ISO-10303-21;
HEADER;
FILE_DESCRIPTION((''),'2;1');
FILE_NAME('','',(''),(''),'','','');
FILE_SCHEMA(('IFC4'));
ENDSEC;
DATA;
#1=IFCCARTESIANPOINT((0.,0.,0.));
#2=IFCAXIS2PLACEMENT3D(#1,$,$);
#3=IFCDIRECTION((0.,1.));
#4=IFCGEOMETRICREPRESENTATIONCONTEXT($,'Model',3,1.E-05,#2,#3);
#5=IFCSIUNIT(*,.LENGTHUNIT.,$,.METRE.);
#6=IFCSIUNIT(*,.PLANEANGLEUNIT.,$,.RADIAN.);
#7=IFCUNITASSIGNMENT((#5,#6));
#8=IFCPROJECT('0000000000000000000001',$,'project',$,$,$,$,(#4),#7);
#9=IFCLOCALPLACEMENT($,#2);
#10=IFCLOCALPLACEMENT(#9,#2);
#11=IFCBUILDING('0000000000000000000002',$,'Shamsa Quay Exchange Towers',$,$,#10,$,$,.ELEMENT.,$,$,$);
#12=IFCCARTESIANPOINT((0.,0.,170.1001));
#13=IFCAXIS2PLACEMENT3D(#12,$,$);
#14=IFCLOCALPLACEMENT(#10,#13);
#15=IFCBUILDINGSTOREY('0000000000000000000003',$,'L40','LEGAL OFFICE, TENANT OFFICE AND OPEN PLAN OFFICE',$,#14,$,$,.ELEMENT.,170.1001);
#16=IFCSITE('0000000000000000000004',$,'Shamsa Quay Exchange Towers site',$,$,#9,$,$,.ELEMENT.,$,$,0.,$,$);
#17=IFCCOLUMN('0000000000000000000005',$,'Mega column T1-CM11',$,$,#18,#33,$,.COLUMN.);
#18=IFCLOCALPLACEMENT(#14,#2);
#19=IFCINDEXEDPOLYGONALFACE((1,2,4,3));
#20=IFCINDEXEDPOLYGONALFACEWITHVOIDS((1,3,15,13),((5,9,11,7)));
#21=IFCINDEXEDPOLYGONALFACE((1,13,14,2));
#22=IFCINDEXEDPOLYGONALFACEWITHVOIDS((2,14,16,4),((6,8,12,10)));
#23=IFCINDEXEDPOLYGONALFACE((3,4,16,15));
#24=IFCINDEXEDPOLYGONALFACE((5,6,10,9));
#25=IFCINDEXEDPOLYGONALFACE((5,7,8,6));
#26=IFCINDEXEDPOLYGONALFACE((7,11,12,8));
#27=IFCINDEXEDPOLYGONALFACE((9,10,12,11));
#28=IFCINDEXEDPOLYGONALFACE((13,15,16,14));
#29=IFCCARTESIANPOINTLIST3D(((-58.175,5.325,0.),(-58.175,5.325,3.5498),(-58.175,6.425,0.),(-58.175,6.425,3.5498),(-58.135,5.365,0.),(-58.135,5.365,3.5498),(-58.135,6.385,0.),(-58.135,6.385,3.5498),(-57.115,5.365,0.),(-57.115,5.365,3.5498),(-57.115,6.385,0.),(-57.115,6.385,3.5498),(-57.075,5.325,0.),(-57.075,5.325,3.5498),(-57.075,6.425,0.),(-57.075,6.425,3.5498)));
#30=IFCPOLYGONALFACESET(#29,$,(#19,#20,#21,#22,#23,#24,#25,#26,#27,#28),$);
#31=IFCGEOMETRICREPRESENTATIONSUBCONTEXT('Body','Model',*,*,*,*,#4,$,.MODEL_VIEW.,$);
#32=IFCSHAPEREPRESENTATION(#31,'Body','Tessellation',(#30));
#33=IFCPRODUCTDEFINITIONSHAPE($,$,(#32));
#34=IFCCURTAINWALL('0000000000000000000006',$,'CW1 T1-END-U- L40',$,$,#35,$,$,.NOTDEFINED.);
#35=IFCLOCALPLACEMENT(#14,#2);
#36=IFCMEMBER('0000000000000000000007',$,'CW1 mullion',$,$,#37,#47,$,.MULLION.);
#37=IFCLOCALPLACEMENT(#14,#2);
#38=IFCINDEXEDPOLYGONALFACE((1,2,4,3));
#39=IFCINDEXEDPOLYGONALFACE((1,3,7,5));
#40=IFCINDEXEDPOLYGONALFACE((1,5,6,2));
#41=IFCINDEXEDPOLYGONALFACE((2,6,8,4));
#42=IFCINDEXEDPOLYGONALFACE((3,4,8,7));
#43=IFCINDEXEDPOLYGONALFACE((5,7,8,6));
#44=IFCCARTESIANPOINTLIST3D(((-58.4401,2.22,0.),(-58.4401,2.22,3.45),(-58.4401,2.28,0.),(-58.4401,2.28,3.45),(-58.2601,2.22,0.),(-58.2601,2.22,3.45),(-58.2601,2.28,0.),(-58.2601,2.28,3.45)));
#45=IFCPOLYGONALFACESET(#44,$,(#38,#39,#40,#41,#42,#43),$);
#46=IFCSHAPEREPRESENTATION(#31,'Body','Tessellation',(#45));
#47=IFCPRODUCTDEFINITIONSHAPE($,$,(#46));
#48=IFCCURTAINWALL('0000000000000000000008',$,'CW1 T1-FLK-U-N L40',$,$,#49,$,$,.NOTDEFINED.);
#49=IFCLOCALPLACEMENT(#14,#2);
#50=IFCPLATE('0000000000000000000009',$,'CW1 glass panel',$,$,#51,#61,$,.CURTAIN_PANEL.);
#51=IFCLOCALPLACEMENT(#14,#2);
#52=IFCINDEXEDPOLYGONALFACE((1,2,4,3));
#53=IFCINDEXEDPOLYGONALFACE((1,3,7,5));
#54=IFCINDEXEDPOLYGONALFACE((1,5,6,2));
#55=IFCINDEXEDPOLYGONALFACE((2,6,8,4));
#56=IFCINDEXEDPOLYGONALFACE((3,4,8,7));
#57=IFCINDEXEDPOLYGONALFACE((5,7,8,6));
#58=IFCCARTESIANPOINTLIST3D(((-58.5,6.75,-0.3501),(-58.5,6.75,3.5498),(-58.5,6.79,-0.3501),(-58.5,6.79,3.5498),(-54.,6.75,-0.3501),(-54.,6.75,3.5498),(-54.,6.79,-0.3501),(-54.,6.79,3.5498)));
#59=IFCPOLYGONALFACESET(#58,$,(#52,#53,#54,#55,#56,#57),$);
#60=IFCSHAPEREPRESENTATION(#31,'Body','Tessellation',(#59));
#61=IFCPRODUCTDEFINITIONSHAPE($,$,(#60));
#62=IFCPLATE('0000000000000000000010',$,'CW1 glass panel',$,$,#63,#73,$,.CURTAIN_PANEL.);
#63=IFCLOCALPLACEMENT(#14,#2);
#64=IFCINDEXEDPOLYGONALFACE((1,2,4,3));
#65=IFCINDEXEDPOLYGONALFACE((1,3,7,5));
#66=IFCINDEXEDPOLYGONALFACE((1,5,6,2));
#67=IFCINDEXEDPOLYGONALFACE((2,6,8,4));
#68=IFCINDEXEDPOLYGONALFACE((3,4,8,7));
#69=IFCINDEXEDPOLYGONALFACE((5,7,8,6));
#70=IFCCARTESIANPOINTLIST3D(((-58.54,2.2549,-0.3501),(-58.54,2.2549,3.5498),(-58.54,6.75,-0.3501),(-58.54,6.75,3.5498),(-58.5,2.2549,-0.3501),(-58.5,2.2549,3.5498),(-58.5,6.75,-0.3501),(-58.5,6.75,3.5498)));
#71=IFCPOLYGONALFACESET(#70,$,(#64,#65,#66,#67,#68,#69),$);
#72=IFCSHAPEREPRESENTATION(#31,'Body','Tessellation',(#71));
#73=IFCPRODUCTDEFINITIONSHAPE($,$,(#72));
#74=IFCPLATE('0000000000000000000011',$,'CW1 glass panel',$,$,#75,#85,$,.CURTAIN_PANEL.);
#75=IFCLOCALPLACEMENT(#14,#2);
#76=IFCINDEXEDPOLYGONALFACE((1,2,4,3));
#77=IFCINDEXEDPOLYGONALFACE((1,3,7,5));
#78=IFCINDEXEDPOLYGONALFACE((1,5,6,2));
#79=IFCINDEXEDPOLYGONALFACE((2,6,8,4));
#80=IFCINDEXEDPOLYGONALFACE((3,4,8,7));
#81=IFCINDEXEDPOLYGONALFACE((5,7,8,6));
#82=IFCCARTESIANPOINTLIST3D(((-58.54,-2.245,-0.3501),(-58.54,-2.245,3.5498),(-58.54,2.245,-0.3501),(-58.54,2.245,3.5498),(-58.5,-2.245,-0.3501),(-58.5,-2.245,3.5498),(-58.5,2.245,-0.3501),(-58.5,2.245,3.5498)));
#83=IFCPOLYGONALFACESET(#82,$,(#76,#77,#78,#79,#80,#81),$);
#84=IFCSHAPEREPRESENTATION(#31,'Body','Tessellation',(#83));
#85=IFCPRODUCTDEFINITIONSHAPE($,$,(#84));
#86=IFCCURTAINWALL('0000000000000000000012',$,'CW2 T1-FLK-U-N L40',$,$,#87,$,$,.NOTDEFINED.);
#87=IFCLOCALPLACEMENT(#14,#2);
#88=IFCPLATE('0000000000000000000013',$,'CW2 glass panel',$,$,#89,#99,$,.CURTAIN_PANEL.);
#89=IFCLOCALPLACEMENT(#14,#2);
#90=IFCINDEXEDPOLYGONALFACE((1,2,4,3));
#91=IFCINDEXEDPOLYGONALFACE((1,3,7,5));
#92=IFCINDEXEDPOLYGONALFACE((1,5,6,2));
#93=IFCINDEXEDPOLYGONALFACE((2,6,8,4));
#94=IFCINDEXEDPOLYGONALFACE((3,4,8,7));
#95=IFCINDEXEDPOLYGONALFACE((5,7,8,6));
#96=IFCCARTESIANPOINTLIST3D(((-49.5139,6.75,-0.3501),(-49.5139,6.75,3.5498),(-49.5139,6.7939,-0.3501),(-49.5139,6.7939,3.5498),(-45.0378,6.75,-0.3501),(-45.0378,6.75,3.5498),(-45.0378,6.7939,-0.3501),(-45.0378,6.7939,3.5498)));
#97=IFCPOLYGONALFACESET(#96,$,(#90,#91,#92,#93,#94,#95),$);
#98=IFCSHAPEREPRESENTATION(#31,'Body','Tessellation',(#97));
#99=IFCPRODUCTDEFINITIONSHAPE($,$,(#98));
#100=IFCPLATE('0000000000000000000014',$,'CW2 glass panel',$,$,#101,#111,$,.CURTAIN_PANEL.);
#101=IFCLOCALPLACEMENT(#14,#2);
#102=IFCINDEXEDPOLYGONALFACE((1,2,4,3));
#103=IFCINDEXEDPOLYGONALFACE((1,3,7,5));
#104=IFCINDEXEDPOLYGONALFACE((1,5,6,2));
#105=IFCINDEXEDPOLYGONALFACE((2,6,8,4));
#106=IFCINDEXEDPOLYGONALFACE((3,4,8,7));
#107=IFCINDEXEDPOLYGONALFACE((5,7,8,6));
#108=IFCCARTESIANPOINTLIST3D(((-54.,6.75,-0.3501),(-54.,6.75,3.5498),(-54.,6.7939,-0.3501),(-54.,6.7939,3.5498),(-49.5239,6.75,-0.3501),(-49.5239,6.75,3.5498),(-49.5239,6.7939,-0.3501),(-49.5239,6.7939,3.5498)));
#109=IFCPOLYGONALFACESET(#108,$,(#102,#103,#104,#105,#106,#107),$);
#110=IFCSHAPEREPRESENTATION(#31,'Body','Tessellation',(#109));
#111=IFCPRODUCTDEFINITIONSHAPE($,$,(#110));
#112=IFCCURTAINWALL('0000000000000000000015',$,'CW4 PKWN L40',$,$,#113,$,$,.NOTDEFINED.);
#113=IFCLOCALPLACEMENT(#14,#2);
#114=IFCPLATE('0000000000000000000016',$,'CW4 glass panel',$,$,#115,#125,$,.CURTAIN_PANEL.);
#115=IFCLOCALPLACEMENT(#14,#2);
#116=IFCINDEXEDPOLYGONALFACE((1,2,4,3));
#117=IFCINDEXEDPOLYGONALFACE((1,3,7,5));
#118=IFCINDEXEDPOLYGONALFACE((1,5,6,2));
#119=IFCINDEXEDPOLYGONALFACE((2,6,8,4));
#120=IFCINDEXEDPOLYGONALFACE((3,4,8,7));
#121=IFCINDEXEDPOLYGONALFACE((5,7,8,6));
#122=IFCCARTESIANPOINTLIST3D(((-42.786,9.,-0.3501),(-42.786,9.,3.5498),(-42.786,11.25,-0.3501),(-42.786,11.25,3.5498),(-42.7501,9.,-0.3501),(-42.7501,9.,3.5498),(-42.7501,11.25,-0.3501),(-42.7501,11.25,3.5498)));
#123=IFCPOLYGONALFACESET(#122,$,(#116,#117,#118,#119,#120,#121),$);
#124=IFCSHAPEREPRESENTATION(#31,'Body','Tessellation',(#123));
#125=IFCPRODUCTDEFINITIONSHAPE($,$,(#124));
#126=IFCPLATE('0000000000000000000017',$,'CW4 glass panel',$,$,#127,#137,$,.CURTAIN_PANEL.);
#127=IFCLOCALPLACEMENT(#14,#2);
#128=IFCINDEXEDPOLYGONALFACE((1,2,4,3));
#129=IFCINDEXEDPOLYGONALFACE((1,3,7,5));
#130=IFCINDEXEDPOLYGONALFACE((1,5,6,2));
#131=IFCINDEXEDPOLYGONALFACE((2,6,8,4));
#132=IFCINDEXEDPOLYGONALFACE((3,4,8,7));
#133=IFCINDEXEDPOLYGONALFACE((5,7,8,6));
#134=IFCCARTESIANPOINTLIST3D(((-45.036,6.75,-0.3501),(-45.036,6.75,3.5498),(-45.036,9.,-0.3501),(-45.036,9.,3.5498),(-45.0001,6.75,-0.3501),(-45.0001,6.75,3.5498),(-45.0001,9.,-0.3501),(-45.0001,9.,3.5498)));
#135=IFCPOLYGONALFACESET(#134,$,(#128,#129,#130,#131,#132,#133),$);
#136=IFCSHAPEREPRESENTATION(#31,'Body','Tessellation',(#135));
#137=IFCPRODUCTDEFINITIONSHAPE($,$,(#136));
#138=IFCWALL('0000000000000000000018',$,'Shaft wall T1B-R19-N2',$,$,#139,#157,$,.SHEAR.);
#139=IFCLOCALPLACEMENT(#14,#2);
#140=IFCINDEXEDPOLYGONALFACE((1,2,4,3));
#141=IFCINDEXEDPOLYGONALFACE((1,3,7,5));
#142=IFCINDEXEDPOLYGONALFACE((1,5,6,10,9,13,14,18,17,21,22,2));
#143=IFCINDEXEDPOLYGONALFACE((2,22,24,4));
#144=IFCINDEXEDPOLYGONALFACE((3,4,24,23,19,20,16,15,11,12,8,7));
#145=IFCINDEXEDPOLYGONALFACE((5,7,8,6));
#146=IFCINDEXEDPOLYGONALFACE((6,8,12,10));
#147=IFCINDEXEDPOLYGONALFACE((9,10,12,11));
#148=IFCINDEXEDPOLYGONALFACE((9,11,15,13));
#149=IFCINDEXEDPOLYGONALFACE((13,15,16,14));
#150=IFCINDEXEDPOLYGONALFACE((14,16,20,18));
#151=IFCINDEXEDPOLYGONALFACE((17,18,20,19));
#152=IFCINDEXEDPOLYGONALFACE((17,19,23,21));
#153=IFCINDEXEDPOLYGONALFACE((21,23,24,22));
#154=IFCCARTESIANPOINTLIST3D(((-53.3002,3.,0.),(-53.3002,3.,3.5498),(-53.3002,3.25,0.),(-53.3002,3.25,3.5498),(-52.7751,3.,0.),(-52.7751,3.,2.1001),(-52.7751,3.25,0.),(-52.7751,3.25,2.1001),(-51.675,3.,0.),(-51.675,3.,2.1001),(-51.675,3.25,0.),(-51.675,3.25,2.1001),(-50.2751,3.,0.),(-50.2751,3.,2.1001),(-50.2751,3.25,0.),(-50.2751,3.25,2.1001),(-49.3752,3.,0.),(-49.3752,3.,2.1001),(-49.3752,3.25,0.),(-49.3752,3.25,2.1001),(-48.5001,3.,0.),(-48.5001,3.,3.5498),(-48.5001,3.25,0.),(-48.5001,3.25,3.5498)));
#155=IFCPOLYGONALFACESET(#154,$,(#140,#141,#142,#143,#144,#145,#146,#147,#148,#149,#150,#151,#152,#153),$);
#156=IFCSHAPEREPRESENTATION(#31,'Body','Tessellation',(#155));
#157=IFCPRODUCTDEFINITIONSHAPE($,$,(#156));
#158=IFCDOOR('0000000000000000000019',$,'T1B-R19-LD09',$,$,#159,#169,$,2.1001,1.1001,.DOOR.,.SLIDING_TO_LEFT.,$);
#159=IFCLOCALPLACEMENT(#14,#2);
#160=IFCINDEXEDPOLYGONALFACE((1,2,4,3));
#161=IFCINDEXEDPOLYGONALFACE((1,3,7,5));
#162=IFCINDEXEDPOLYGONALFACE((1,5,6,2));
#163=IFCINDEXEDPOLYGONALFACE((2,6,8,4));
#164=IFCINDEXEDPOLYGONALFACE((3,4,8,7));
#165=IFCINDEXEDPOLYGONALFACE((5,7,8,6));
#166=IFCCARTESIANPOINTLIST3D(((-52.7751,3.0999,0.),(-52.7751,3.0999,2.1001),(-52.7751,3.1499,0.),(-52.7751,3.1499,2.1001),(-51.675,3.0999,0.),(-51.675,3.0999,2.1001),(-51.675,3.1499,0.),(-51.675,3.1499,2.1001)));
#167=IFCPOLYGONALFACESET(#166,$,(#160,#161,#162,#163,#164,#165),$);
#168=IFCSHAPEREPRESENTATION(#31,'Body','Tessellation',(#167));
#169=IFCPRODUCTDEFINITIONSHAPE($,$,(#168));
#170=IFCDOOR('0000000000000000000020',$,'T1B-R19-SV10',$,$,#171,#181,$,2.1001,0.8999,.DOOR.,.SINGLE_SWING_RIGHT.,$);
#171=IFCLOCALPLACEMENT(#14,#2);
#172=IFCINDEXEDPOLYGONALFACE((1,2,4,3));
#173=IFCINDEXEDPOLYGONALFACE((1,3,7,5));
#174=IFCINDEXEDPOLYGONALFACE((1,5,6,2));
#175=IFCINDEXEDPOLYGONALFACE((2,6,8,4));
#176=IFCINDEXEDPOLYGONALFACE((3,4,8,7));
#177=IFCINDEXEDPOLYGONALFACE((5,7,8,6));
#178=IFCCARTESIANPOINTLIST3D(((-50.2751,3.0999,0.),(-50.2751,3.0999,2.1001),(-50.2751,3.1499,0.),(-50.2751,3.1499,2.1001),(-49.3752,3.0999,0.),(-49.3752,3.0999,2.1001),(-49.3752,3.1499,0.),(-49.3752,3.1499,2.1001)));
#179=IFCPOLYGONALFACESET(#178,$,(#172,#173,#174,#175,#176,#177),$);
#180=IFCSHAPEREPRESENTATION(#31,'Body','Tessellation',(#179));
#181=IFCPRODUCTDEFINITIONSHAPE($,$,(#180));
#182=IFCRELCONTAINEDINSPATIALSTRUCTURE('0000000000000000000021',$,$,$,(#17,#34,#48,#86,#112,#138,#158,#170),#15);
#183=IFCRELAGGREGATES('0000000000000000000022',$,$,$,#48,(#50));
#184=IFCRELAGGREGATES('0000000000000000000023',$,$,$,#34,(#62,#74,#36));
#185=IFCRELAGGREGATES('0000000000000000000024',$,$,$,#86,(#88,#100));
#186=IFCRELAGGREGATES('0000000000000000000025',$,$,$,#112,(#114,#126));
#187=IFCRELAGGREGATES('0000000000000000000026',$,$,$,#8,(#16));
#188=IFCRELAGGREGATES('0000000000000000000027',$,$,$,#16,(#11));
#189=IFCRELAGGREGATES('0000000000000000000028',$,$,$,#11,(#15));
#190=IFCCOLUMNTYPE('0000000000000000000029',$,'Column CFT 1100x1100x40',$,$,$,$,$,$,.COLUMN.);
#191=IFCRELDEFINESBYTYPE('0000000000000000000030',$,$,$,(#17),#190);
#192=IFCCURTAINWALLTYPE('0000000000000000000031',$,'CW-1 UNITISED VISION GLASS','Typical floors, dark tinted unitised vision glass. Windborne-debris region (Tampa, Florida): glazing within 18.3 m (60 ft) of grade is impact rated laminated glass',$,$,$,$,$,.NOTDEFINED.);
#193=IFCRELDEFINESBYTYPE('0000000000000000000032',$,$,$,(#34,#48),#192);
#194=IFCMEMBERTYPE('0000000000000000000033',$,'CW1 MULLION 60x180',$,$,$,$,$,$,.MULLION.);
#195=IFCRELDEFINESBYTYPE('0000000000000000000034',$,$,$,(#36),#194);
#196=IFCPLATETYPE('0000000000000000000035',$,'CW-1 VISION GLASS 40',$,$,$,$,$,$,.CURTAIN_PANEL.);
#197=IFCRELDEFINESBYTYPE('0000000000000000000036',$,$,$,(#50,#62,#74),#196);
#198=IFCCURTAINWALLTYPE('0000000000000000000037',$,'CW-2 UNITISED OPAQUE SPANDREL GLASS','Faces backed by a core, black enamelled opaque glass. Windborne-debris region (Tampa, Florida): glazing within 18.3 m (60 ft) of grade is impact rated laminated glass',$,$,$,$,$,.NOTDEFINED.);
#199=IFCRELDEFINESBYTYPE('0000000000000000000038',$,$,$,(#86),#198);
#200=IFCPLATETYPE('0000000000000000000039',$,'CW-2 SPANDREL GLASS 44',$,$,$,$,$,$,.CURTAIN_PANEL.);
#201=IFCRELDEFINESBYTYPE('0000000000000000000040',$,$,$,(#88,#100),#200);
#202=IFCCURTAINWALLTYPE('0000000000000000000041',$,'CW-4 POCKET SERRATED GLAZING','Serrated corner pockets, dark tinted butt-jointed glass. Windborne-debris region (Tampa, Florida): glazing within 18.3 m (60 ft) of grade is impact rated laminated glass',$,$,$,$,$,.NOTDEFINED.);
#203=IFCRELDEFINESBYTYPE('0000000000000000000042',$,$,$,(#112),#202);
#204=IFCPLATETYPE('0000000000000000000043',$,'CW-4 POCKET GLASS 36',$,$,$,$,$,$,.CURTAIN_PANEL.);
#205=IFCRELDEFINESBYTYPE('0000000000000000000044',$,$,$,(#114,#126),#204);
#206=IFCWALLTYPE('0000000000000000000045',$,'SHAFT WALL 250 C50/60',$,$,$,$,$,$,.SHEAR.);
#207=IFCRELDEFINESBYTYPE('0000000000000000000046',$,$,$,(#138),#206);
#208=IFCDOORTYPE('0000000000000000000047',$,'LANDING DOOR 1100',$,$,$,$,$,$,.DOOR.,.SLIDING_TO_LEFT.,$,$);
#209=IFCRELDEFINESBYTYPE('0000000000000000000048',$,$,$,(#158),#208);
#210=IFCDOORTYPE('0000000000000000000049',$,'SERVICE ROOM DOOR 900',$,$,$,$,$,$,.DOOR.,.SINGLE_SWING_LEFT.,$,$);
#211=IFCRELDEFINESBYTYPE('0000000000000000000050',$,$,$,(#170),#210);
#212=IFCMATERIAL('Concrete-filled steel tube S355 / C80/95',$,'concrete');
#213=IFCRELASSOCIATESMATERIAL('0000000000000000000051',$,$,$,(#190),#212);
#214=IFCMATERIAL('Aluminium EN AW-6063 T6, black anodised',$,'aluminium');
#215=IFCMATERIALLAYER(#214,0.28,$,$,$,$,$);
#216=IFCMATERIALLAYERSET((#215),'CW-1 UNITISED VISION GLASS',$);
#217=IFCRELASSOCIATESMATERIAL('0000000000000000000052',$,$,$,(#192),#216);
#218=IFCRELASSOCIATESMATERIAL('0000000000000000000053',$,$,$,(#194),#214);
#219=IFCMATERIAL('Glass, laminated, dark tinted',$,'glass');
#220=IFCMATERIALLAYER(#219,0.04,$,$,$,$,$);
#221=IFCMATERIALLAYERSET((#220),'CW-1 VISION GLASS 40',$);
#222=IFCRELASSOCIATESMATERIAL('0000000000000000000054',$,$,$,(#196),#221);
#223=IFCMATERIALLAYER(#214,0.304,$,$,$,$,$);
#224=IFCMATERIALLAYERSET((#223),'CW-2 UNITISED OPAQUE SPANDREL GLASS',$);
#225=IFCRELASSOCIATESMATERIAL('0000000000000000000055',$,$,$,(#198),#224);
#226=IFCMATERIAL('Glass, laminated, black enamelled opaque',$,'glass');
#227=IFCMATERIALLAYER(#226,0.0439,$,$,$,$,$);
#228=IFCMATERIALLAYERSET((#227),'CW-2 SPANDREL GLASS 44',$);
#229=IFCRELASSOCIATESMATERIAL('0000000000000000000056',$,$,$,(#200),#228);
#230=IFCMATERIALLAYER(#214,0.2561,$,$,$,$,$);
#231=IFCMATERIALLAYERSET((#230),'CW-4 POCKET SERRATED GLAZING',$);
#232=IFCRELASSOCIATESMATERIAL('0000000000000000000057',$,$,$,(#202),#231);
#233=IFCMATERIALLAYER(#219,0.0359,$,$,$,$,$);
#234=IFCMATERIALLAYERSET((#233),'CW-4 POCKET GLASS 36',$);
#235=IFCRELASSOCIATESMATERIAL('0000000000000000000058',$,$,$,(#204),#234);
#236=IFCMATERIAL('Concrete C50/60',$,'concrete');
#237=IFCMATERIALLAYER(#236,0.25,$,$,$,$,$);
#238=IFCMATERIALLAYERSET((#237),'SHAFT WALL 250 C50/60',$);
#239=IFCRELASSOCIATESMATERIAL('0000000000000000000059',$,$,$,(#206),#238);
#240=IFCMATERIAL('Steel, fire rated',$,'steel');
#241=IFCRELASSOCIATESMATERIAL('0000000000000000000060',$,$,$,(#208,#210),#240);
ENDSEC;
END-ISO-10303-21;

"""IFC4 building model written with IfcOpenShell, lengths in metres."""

from ifc_helpers import new_model, si_unit, direction, frame, frame_2d, origin, origin_2d, place, context, subcontext, project, spatial, rectangle, hollow_rectangle, extrude, material, layer, layer_set, material_profile, profile_set, type_object, element, fill, aggregate, save


model = new_model("IFC4")

# Units and contexts
model_context = context("Model", 3, precision=1e-05, world=origin(), true_north=direction((0.0, 1.0)))
body_context = subcontext(model_context, "Body", "Model", "MODEL_VIEW")
ifc_project = project(units=[si_unit("LENGTHUNIT", "METRE"), si_unit("PLANEANGLEUNIT", "RADIAN")], contexts=[model_context])

# Site, building, storey
site_placement = place(None, origin())
site = spatial("IfcSite", under=ifc_project, at=site_placement, Name="Shamsa Quay Exchange Towers site", CompositionType="ELEMENT", RefElevation=0.0)
building_placement = place(site_placement, origin())
building = spatial("IfcBuilding", under=site, at=building_placement, Name="Shamsa Quay Exchange Towers", CompositionType="ELEMENT")
storey_placement = place(building_placement, frame((0.0, 0.0, 170.1001)))
storey = spatial("IfcBuildingStorey", under=building, at=storey_placement, Name="L40", Description="LEGAL OFFICE, TENANT OFFICE AND OPEN PLAN OFFICE", CompositionType="ELEMENT", Elevation=170.1001)

# Column
ifc_material_1 = material(Name="Concrete-filled steel tube S355 / C80/95", Category="concrete")
ifc_material_profile_1 = material_profile(ifc_material_1, hollow_rectangle(XDim=1.1001, YDim=1.1001, WallThickness=0.04, at=origin_2d()), Name="CFT 1100x1100x40")
ifc_profile_set_1 = profile_set([ifc_material_profile_1], Name="Concrete-filled steel tube S355 / C80/95")
column_type = type_object("IfcColumnType", Name="Column CFT 1100x1100x40", PredefinedType="COLUMN", material=ifc_profile_set_1)
column_placement = place(storey_placement, frame((-57.625, 5.875, 0.0)))
element("IfcColumn", 1, at=column_placement, inside=storey, type_object=column_type, Name="Mega column T1-CM11", PredefinedType="COLUMN", context=body_context, shape_type="SweptSolid", body=[
    extrude(hollow_rectangle(XDim=1.1001, YDim=1.1001, WallThickness=0.04, at=origin_2d()), origin(), (0.0, 0.0, 1.0), 3.5498),
])

# Curtain wall, member
ifc_material_2 = material(Name="Aluminium EN AW-6063 T6, black anodised", Category="aluminium")
ifc_layer_1 = layer(ifc_material_2, 0.28)
ifc_layer_set_1 = layer_set([ifc_layer_1], Name="CW-1 UNITISED VISION GLASS")
curtain_wall_type_1 = type_object("IfcCurtainWallType", Name="CW-1 UNITISED VISION GLASS", Description="Typical floors, dark tinted unitised vision glass. Windborne-debris region (Tampa, Florida): glazing within 18.3 m (60 ft) of grade is impact rated laminated glass", PredefinedType="NOTDEFINED", material=ifc_layer_set_1)
curtain_wall_1_placement = place(storey_placement, origin())
curtain_wall_1 = element("IfcCurtainWall", 2, at=curtain_wall_1_placement, inside=storey, type_object=curtain_wall_type_1, Name="CW1 T1-END-U- L40", PredefinedType="NOTDEFINED")
ifc_material_profile_2 = material_profile(ifc_material_2, rectangle(XDim=0.1799, YDim=0.0601, at=origin_2d()), Name="MU60x180")
ifc_profile_set_2 = profile_set([ifc_material_profile_2], Name="Aluminium EN AW-6063 T6, black anodised")
member_type = type_object("IfcMemberType", Name="CW1 MULLION 60x180", PredefinedType="MULLION", material=ifc_profile_set_2)
member_placement = place(storey_placement, frame((-58.3501, 2.25, 0.0)))
member = element("IfcMember", 3, at=member_placement, type_object=member_type, Name="CW1 mullion", PredefinedType="MULLION", context=body_context, shape_type="SweptSolid", body=[
    extrude(rectangle(XDim=0.1799, YDim=0.0601, at=origin_2d()), origin(), (0.0, 0.0, 1.0), 3.45),
])

# Curtain wall, plate
curtain_wall_2_placement = place(storey_placement, origin())
curtain_wall_2 = element("IfcCurtainWall", 4, at=curtain_wall_2_placement, inside=storey, type_object=curtain_wall_type_1, Name="CW1 T1-FLK-U-N L40", PredefinedType="NOTDEFINED")
ifc_material_3 = material(Name="Glass, laminated, dark tinted", Category="glass")
ifc_layer_2 = layer(ifc_material_3, 0.04)
ifc_layer_set_2 = layer_set([ifc_layer_2], Name="CW-1 VISION GLASS 40")
plate_type_1 = type_object("IfcPlateType", Name="CW-1 VISION GLASS 40", PredefinedType="CURTAIN_PANEL", material=ifc_layer_set_2)
plate_1_placement = place(storey_placement, frame((-56.25, 6.77, -0.3501), z_axis=(0.0, 0.0, 1.0), x_axis=(-1.0, 0.0, 0.0)))
plate_1 = element("IfcPlate", 5, at=plate_1_placement, type_object=plate_type_1, Name="CW1 glass panel", PredefinedType="CURTAIN_PANEL", context=body_context, shape_type="SweptSolid", body=[
    extrude(rectangle(XDim=4.5, YDim=0.04, at=origin_2d()), origin(), (0.0, 0.0, 1.0), 3.8999),
])
aggregate(curtain_wall_2, [plate_1])

# Plates
plate_2_placement = place(storey_placement, frame((-58.52, 4.5024, -0.3501), z_axis=(0.0, 0.0, 1.0), x_axis=(0.0, -1.0, 0.0)))
plate_2 = element("IfcPlate", 6, at=plate_2_placement, type_object=plate_type_1, Name="CW1 glass panel", PredefinedType="CURTAIN_PANEL", context=body_context, shape_type="SweptSolid", body=[
    extrude(rectangle(XDim=4.4951, YDim=0.04, at=origin_2d()), origin(), (0.0, 0.0, 1.0), 3.8999),
])
plate_3_placement = place(storey_placement, frame((-58.52, 0.0, -0.3501), z_axis=(0.0, 0.0, 1.0), x_axis=(0.0, -1.0, 0.0)))
plate_3 = element("IfcPlate", 7, at=plate_3_placement, type_object=plate_type_1, Name="CW1 glass panel", PredefinedType="CURTAIN_PANEL", context=body_context, shape_type="SweptSolid", body=[
    extrude(rectangle(XDim=4.49, YDim=0.04, at=origin_2d()), origin(), (0.0, 0.0, 1.0), 3.8999),
])
aggregate(curtain_wall_1, [plate_2, plate_3, member])

# Curtain walls, plates
ifc_layer_3 = layer(ifc_material_2, 0.304)
ifc_layer_set_3 = layer_set([ifc_layer_3], Name="CW-2 UNITISED OPAQUE SPANDREL GLASS")
curtain_wall_type_2 = type_object("IfcCurtainWallType", Name="CW-2 UNITISED OPAQUE SPANDREL GLASS", Description="Faces backed by a core, black enamelled opaque glass. Windborne-debris region (Tampa, Florida): glazing within 18.3 m (60 ft) of grade is impact rated laminated glass", PredefinedType="NOTDEFINED", material=ifc_layer_set_3)
curtain_wall_3_placement = place(storey_placement, origin())
curtain_wall_3 = element("IfcCurtainWall", 8, at=curtain_wall_3_placement, inside=storey, type_object=curtain_wall_type_2, Name="CW2 T1-FLK-U-N L40", PredefinedType="NOTDEFINED")
ifc_material_4 = material(Name="Glass, laminated, black enamelled opaque", Category="glass")
ifc_layer_4 = layer(ifc_material_4, 0.0439)
ifc_layer_set_4 = layer_set([ifc_layer_4], Name="CW-2 SPANDREL GLASS 44")
plate_type_2 = type_object("IfcPlateType", Name="CW-2 SPANDREL GLASS 44", PredefinedType="CURTAIN_PANEL", material=ifc_layer_set_4)
plate_4_placement = place(storey_placement, frame((-47.2759, 6.772, -0.3501), z_axis=(0.0, 0.0, 1.0), x_axis=(-1.0, 0.0, 0.0)))
plate_4 = element("IfcPlate", 9, at=plate_4_placement, type_object=plate_type_2, Name="CW2 glass panel", PredefinedType="CURTAIN_PANEL", context=body_context, shape_type="SweptSolid", body=[
    extrude(rectangle(XDim=4.4761, YDim=0.0439, at=origin_2d()), origin(), (0.0, 0.0, 1.0), 3.8999),
])
plate_5_placement = place(storey_placement, frame((-51.762, 6.772, -0.3501), z_axis=(0.0, 0.0, 1.0), x_axis=(-1.0, 0.0, 0.0)))
plate_5 = element("IfcPlate", 10, at=plate_5_placement, type_object=plate_type_2, Name="CW2 glass panel", PredefinedType="CURTAIN_PANEL", context=body_context, shape_type="SweptSolid", body=[
    extrude(rectangle(XDim=4.4761, YDim=0.0439, at=origin_2d()), origin(), (0.0, 0.0, 1.0), 3.8999),
])
aggregate(curtain_wall_3, [plate_4, plate_5])
ifc_layer_5 = layer(ifc_material_2, 0.2561)
ifc_layer_set_5 = layer_set([ifc_layer_5], Name="CW-4 POCKET SERRATED GLAZING")
curtain_wall_type_3 = type_object("IfcCurtainWallType", Name="CW-4 POCKET SERRATED GLAZING", Description="Serrated corner pockets, dark tinted butt-jointed glass. Windborne-debris region (Tampa, Florida): glazing within 18.3 m (60 ft) of grade is impact rated laminated glass", PredefinedType="NOTDEFINED", material=ifc_layer_set_5)
curtain_wall_4_placement = place(storey_placement, origin())
curtain_wall_4 = element("IfcCurtainWall", 11, at=curtain_wall_4_placement, inside=storey, type_object=curtain_wall_type_3, Name="CW4 PKWN L40", PredefinedType="NOTDEFINED")
ifc_layer_6 = layer(ifc_material_3, 0.0359)
ifc_layer_set_6 = layer_set([ifc_layer_6], Name="CW-4 POCKET GLASS 36")
plate_type_3 = type_object("IfcPlateType", Name="CW-4 POCKET GLASS 36", PredefinedType="CURTAIN_PANEL", material=ifc_layer_set_6)
plate_6_placement = place(storey_placement, frame((-42.7681, 10.125, -0.3501), z_axis=(0.0, 0.0, 1.0), x_axis=(0.0, -1.0, 0.0)))
plate_6 = element("IfcPlate", 12, at=plate_6_placement, type_object=plate_type_3, Name="CW4 glass panel", PredefinedType="CURTAIN_PANEL", context=body_context, shape_type="SweptSolid", body=[
    extrude(rectangle(XDim=2.25, YDim=0.0359, at=origin_2d()), origin(), (0.0, 0.0, 1.0), 3.8999),
])
plate_7_placement = place(storey_placement, frame((-45.0181, 7.875, -0.3501), z_axis=(0.0, 0.0, 1.0), x_axis=(0.0, -1.0, 0.0)))
plate_7 = element("IfcPlate", 13, at=plate_7_placement, type_object=plate_type_3, Name="CW4 glass panel", PredefinedType="CURTAIN_PANEL", context=body_context, shape_type="SweptSolid", body=[
    extrude(rectangle(XDim=2.25, YDim=0.0359, at=origin_2d()), origin(), (0.0, 0.0, 1.0), 3.8999),
])
aggregate(curtain_wall_4, [plate_6, plate_7])

# Wall, openings, doors
ifc_material_5 = material(Name="Concrete C50/60", Category="concrete")
ifc_layer_7 = layer(ifc_material_5, 0.25)
ifc_layer_set_7 = layer_set([ifc_layer_7], Name="SHAFT WALL 250 C50/60")
wall_type_1 = type_object("IfcWallType", Name="SHAFT WALL 250 C50/60", PredefinedType="SHEAR", material=ifc_layer_set_7)
wall_1_placement = place(storey_placement, frame((-53.3, 3.125, 0.0)))
wall_1 = element("IfcWall", 14, at=wall_1_placement, inside=storey, type_object=wall_type_1, Name="Shaft wall T1B-R19-N2", PredefinedType="SHEAR", context=body_context, shape_type="SweptSolid", body=[
    extrude(rectangle(XDim=4.8, YDim=0.25, at=frame_2d((2.3999, 0.0))), origin(), (0.0, 0.0, 1.0), 3.5498),
])
opening_1_placement = place(wall_1_placement, frame((0.5249, 0.0, 0.0)))
opening_1 = element("IfcOpeningElement", 15, at=opening_1_placement, cuts=wall_1, PredefinedType="OPENING", context=body_context, shape_type="SweptSolid", body=[
    extrude(rectangle(XDim=1.1001, YDim=2.1001, at=frame_2d((0.55, 1.05))), frame((0.0, 0.135, 0.0), z_axis=(0.0, -1.0, 0.0), x_axis=(1.0, 0.0, 0.0)), (0.0, 0.0, 1.0), 0.27),
])
opening_2_placement = place(wall_1_placement, frame((3.0249, 0.0, 0.0)))
opening_2 = element("IfcOpeningElement", 16, at=opening_2_placement, cuts=wall_1, PredefinedType="OPENING", context=body_context, shape_type="SweptSolid", body=[
    extrude(rectangle(XDim=0.8999, YDim=2.1001, at=frame_2d((0.45, 1.05))), frame((0.0, 0.135, 0.0), z_axis=(0.0, -1.0, 0.0), x_axis=(1.0, 0.0, 0.0)), (0.0, 0.0, 1.0), 0.27),
])
ifc_material_6 = material(Name="Steel, fire rated", Category="steel")
door_type_1 = type_object("IfcDoorType", Name="LANDING DOOR 1100", OperationType="SLIDING_TO_LEFT", PredefinedType="DOOR", material=ifc_material_6)
door_1_placement = place(opening_1_placement, origin())
door_1 = element("IfcDoor", 17, at=door_1_placement, inside=storey, type_object=door_type_1, Name="T1B-R19-LD09", OperationType="SLIDING_TO_LEFT", OverallHeight=2.1001, OverallWidth=1.1001, PredefinedType="DOOR", context=body_context, shape_type="SweptSolid", body=[
    extrude(rectangle(XDim=1.1001, YDim=2.1001, at=frame_2d((0.55, 1.05))), frame((0.0, 0.0249, 0.0), z_axis=(0.0, -1.0, 0.0), x_axis=(1.0, 0.0, 0.0)), (0.0, 0.0, 1.0), 0.05),
])
fill(opening_1, door_1)
door_type_2 = type_object("IfcDoorType", Name="SERVICE ROOM DOOR 900", OperationType="SINGLE_SWING_LEFT", PredefinedType="DOOR", material=ifc_material_6)
door_2_placement = place(opening_2_placement, origin())
door_2 = element("IfcDoor", 18, at=door_2_placement, inside=storey, type_object=door_type_2, Name="T1B-R19-SV10", OperationType="SINGLE_SWING_RIGHT", OverallHeight=2.1001, OverallWidth=0.8999, PredefinedType="DOOR", context=body_context, shape_type="SweptSolid", body=[
    extrude(rectangle(XDim=0.8999, YDim=2.1001, at=frame_2d((0.45, 1.05))), frame((0.0, 0.0249, 0.0), z_axis=(0.0, -1.0, 0.0), x_axis=(1.0, 0.0, 0.0)), (0.0, 0.0, 1.0), 0.05),
])
fill(opening_2, door_2)

save(model, "model.ifc")
